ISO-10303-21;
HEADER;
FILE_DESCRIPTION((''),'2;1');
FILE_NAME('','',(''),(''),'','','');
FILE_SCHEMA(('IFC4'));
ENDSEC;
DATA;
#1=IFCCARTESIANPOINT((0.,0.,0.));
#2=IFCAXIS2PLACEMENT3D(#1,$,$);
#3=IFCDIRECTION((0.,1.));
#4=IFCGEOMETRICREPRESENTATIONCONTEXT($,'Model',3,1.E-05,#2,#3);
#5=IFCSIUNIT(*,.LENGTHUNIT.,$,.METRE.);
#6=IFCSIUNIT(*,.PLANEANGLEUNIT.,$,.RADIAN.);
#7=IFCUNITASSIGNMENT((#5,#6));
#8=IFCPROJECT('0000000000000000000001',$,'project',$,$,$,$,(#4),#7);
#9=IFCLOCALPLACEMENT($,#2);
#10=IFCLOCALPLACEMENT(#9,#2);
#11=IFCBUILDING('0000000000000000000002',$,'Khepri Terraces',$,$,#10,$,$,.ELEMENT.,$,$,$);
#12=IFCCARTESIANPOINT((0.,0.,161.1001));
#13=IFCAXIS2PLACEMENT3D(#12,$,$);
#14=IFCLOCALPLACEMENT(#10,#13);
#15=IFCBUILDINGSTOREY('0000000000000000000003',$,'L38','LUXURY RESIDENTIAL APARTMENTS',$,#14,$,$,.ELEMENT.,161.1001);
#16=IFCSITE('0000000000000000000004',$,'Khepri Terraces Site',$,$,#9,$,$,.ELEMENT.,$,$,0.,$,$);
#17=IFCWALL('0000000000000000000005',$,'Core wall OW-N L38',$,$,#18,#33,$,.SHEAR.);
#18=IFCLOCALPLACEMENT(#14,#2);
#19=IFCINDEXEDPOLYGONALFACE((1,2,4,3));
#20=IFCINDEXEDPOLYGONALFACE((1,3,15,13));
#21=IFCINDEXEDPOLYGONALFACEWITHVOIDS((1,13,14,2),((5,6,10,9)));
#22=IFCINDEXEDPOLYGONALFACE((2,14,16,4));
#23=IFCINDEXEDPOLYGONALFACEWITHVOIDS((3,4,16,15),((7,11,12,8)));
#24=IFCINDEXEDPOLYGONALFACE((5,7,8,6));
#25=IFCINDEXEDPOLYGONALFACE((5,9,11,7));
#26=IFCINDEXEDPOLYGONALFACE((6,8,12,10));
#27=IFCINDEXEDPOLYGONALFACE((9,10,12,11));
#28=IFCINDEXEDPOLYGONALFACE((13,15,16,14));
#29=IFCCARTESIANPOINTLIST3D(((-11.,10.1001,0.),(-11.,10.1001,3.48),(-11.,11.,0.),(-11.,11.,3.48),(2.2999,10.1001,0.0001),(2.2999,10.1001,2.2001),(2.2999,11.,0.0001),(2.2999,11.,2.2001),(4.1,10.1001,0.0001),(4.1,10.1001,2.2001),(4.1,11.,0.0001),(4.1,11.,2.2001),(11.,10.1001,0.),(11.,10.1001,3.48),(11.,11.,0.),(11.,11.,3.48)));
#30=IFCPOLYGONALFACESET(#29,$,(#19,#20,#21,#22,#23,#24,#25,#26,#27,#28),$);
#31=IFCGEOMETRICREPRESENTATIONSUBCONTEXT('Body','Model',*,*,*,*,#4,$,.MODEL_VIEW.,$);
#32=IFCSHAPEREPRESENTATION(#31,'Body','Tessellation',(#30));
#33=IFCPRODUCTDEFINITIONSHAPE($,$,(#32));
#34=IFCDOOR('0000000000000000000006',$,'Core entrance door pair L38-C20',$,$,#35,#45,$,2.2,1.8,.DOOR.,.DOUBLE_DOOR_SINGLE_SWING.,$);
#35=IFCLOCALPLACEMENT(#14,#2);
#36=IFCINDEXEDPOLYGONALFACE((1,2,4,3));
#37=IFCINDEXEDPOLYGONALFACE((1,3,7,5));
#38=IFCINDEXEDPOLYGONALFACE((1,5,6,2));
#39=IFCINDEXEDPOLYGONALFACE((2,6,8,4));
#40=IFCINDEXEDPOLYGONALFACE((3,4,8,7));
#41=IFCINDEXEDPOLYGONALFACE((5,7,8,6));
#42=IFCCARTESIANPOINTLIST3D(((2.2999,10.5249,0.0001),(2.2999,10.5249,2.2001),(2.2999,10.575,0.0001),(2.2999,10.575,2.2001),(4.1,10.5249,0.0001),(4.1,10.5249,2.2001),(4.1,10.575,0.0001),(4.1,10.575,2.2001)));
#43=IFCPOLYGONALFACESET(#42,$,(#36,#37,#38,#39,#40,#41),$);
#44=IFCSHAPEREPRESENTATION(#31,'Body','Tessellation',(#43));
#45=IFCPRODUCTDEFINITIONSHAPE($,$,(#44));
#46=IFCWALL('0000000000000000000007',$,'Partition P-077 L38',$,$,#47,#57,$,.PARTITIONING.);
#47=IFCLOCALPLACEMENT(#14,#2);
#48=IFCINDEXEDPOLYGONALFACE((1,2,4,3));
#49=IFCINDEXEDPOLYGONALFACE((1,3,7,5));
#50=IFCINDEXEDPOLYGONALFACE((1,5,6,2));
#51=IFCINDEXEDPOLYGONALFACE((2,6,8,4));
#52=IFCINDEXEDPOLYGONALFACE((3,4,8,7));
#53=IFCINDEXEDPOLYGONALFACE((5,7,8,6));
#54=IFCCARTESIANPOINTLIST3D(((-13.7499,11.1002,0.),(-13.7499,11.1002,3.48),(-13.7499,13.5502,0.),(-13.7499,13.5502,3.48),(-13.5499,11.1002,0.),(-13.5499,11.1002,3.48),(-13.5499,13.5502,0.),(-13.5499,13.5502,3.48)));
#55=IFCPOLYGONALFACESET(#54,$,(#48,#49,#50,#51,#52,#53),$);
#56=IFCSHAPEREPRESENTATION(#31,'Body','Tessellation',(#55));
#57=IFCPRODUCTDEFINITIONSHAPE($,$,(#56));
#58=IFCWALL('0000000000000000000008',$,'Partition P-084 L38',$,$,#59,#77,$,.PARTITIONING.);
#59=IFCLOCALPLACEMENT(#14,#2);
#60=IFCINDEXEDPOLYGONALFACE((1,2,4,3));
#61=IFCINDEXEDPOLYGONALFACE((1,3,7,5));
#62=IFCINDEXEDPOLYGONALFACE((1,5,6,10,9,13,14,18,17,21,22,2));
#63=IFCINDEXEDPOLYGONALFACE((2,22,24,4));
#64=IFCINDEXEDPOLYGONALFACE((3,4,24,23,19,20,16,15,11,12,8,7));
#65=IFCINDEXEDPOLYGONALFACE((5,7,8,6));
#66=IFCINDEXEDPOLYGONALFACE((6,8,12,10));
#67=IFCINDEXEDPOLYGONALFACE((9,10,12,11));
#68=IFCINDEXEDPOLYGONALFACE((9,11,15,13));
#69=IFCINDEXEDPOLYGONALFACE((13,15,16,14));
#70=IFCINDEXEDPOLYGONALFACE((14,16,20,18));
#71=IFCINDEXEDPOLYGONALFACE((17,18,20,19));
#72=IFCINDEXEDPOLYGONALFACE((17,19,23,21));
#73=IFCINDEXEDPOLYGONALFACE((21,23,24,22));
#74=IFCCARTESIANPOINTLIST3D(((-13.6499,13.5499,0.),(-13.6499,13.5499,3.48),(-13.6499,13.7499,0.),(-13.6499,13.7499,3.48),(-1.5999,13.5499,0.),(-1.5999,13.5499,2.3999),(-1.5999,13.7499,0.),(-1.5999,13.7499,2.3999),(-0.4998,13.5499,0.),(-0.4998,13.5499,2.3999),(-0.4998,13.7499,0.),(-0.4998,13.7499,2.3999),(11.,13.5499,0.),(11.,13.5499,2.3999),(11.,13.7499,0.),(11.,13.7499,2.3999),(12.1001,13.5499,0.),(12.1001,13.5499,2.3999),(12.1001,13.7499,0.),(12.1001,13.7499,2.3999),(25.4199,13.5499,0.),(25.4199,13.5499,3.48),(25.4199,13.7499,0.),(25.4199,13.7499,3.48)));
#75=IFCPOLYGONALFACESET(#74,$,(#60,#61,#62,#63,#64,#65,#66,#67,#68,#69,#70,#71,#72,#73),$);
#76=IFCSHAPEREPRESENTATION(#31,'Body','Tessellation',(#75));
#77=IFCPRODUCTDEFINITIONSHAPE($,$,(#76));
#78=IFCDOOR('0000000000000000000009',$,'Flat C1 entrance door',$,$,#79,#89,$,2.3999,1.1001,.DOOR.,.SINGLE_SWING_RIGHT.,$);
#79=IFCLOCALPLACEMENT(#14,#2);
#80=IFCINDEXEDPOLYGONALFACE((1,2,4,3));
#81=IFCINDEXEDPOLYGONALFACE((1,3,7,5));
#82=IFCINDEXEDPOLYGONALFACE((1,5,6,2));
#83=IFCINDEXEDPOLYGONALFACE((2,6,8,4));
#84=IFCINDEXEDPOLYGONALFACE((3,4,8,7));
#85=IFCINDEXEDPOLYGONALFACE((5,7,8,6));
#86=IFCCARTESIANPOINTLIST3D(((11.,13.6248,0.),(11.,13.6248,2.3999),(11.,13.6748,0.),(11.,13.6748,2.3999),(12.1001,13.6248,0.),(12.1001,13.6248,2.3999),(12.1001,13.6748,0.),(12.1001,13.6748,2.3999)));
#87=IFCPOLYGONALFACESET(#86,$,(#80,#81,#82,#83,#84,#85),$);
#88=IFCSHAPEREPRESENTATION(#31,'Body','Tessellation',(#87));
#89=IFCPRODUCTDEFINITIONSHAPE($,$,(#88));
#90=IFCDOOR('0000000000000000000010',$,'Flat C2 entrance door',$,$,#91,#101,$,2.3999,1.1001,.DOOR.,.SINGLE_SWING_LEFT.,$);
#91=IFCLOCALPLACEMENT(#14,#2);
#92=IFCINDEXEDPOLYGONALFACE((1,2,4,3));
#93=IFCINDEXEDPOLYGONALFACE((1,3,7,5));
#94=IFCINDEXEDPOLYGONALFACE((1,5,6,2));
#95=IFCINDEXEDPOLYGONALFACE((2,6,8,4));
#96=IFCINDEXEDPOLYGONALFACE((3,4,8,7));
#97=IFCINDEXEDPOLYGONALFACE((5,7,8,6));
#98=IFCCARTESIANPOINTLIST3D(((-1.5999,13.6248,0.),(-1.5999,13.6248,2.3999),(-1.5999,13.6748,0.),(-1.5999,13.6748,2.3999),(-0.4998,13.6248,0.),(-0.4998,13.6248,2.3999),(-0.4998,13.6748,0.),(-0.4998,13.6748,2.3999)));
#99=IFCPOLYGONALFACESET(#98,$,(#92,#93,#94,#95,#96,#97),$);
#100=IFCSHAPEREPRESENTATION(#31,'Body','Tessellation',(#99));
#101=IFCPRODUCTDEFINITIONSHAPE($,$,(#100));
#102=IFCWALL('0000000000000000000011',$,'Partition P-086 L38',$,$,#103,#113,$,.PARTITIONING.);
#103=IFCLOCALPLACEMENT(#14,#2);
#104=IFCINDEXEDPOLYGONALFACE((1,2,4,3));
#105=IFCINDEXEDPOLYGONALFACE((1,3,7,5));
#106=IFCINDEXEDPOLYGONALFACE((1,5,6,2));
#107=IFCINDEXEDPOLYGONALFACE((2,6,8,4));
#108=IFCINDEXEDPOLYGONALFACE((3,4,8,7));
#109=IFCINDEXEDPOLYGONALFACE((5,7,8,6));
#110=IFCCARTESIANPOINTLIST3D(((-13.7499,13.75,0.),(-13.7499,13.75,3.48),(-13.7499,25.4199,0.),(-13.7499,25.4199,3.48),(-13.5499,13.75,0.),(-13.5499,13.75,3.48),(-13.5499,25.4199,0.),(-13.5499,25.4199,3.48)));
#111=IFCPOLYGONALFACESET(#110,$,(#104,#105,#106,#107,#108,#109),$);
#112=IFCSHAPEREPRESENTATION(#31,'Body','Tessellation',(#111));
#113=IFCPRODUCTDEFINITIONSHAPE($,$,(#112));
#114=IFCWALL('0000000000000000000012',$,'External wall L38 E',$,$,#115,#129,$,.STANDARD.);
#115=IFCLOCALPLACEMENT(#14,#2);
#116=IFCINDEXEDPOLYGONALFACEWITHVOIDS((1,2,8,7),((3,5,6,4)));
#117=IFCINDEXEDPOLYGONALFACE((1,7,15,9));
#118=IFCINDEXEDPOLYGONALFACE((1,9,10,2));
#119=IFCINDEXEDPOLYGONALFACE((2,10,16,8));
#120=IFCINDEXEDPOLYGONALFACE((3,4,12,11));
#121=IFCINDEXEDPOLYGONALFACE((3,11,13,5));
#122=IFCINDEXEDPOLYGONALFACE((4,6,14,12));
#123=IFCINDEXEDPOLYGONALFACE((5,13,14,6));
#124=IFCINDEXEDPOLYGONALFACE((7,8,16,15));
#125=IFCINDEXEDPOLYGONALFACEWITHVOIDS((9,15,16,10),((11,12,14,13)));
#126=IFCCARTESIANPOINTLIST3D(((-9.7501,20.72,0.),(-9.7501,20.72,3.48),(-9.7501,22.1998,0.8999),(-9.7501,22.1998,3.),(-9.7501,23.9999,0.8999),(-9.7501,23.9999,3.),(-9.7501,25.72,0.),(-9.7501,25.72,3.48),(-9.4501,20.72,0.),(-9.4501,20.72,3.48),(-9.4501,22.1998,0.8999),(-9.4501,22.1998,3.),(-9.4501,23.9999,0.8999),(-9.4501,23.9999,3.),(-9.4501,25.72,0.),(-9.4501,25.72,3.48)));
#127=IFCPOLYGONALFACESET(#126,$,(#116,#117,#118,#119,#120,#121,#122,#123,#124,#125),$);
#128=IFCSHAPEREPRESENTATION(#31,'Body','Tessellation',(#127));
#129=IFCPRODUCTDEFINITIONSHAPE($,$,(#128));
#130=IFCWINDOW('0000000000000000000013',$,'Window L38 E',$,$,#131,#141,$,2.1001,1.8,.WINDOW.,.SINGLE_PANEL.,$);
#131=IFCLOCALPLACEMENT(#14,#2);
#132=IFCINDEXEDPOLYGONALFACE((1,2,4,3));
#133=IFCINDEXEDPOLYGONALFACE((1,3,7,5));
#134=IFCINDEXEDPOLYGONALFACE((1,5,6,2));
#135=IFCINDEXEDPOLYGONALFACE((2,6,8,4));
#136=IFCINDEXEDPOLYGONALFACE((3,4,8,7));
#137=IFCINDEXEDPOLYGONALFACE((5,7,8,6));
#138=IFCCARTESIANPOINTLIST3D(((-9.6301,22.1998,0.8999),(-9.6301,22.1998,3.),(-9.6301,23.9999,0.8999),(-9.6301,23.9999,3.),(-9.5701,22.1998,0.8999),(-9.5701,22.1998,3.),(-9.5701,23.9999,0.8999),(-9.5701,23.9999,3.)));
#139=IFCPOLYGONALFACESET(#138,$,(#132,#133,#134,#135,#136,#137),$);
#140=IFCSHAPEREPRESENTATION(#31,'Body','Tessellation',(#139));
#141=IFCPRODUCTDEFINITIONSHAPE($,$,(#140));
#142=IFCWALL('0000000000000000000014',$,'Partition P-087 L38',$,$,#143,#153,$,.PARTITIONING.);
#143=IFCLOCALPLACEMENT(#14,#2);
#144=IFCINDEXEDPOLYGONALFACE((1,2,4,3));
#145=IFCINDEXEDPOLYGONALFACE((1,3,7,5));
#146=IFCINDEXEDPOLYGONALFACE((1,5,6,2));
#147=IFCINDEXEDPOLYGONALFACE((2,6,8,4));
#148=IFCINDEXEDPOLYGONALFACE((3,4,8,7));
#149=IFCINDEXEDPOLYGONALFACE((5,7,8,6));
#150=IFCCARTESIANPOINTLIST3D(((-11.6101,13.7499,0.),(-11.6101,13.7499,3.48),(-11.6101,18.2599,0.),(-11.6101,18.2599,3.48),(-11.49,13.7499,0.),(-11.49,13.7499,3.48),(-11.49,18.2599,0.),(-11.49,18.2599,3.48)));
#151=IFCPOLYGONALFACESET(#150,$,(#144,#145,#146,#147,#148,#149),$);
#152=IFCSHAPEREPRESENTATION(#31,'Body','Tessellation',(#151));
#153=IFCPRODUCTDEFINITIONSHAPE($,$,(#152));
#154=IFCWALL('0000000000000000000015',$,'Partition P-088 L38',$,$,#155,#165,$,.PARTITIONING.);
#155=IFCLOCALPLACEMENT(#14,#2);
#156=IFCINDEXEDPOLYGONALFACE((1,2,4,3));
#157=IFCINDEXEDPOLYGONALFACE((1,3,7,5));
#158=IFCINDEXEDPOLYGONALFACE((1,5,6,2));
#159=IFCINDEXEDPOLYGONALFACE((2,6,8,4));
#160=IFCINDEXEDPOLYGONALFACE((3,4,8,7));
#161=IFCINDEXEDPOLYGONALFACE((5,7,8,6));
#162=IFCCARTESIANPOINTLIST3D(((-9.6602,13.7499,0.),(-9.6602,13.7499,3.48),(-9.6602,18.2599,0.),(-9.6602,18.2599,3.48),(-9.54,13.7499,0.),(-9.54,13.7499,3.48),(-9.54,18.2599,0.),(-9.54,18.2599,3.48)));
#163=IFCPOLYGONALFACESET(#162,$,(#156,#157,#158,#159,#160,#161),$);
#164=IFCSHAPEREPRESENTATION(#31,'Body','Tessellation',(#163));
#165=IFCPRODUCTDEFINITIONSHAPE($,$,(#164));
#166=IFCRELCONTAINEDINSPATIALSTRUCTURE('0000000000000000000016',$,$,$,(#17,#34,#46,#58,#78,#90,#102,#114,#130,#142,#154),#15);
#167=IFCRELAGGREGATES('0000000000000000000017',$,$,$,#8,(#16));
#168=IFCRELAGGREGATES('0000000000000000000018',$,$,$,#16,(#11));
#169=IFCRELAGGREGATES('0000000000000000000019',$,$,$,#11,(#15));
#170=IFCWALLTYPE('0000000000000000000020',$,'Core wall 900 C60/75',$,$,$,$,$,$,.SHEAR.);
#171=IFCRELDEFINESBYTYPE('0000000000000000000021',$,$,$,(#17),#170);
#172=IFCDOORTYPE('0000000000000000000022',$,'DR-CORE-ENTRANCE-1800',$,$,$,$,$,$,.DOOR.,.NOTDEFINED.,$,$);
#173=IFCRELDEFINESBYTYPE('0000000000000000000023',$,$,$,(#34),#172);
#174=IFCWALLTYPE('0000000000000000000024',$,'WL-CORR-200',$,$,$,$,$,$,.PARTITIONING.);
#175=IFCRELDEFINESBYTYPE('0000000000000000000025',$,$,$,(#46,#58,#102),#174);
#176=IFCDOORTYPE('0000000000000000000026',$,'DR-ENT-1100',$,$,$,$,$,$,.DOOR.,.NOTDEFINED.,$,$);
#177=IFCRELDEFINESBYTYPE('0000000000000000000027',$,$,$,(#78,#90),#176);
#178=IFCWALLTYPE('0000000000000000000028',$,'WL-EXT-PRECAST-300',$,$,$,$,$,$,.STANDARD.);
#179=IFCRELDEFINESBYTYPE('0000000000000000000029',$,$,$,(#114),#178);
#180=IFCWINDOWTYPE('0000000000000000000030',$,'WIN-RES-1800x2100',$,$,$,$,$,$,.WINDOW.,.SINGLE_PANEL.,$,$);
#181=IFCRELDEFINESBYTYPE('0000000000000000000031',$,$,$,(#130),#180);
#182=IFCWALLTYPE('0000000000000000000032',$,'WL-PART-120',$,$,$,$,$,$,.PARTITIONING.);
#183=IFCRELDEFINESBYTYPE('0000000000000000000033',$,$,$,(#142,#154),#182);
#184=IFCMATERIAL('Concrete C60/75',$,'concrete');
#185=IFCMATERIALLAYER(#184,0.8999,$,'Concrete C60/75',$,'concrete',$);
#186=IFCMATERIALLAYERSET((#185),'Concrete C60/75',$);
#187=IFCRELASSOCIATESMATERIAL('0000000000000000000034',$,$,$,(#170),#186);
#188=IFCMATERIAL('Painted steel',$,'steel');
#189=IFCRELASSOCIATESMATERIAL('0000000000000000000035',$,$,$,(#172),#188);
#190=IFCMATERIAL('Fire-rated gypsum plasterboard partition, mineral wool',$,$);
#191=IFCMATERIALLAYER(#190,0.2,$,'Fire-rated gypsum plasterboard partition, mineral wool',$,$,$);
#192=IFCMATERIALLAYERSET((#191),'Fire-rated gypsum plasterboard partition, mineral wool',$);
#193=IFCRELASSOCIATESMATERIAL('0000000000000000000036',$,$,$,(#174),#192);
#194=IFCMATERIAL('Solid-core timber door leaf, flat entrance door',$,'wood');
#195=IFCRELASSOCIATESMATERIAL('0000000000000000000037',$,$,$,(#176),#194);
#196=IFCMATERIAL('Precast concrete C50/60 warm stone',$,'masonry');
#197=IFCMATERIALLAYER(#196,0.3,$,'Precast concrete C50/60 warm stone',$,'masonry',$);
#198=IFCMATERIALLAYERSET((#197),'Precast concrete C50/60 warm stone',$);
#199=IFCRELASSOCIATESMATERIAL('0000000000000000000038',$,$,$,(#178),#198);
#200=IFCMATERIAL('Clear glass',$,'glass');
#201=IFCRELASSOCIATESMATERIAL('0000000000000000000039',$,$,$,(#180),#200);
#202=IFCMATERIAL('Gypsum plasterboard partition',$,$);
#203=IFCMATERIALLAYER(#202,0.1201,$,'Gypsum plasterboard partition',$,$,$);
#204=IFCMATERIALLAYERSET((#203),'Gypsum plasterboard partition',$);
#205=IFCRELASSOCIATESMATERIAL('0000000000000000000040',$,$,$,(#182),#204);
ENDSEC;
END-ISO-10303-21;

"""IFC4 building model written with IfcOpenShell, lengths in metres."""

from ifc_helpers import new_model, si_unit, direction, frame, frame_2d, origin, place, context, subcontext, project, spatial, rectangle, extrude, material, layer, layer_set, type_object, element, fill, save


model = new_model("IFC4")

# Units and contexts
model_context = context("Model", 3, precision=1e-05, world=origin(), true_north=direction((0.0, 1.0)))
body_context = subcontext(model_context, "Body", "Model", "MODEL_VIEW")
ifc_project = project(units=[si_unit("LENGTHUNIT", "METRE"), si_unit("PLANEANGLEUNIT", "RADIAN")], contexts=[model_context])

# Site, building, storey
site_placement = place(None, origin())
site = spatial("IfcSite", under=ifc_project, at=site_placement, Name="Khepri Terraces Site", CompositionType="ELEMENT", RefElevation=0.0)
building_placement = place(site_placement, origin())
building = spatial("IfcBuilding", under=site, at=building_placement, Name="Khepri Terraces", CompositionType="ELEMENT")
storey_placement = place(building_placement, frame((0.0, 0.0, 161.1001)))
storey = spatial("IfcBuildingStorey", under=building, at=storey_placement, Name="L38", Description="LUXURY RESIDENTIAL APARTMENTS", CompositionType="ELEMENT", Elevation=161.1001)

# Wall, opening, door
ifc_material_1 = material(Name="Concrete C60/75", Category="concrete")
ifc_layer_1 = layer(ifc_material_1, 0.8999, Name="Concrete C60/75", Category="concrete")
ifc_layer_set_1 = layer_set([ifc_layer_1], Name="Concrete C60/75")
wall_type_1 = type_object("IfcWallType", Name="Core wall 900 C60/75", PredefinedType="SHEAR", material=ifc_layer_set_1)
wall_1_placement = place(storey_placement, frame((-11.0, 10.55, 0.0), z_axis=(0.0, 0.0, 1.0), x_axis=(1.0, 0.0, 0.0)))
wall_1 = element("IfcWall", 1, at=wall_1_placement, inside=storey, type_object=wall_type_1, Name="Core wall OW-N L38", PredefinedType="SHEAR", context=body_context, shape_type="SweptSolid", body=[
    extrude(rectangle(XDim=22.0, YDim=0.8999, at=frame_2d((11.0, 0.0))), origin(), (0.0, 0.0, 1.0), 3.48),
])
opening_1_placement = place(wall_1_placement, frame((13.3, 0.0, 0.0)))
opening_1 = element("IfcOpeningElement", 2, at=opening_1_placement, cuts=wall_1, PredefinedType="OPENING", context=body_context, shape_type="SweptSolid", body=[
    extrude(rectangle(XDim=1.8, YDim=2.2, at=frame_2d((0.8999, 1.1001))), frame((0.0, 0.46, 0.0), z_axis=(0.0, -1.0, 0.0), x_axis=(1.0, 0.0, 0.0)), (0.0, 0.0, 1.0), 0.9199),
])
ifc_material_2 = material(Name="Painted steel", Category="steel")
door_type_1 = type_object("IfcDoorType", Name="DR-CORE-ENTRANCE-1800", OperationType="NOTDEFINED", PredefinedType="DOOR", material=ifc_material_2)
door_1_placement = place(opening_1_placement, origin())
door_1 = element("IfcDoor", 3, at=door_1_placement, inside=storey, type_object=door_type_1, Name="Core entrance door pair L38-C20", OperationType="DOUBLE_DOOR_SINGLE_SWING", OverallHeight=2.2, OverallWidth=1.8, PredefinedType="DOOR", context=body_context, shape_type="SweptSolid", body=[
    extrude(rectangle(XDim=1.8, YDim=2.2, at=frame_2d((0.8999, 1.1001))), frame((0.0, 0.0249, 0.0), z_axis=(0.0, -1.0, 0.0), x_axis=(1.0, 0.0, 0.0)), (0.0, 0.0, 1.0), 0.05),
])
fill(opening_1, door_1)
ifc_material_3 = material(Name="Fire-rated gypsum plasterboard partition, mineral wool")
ifc_layer_2 = layer(ifc_material_3, 0.2, Name="Fire-rated gypsum plasterboard partition, mineral wool")
ifc_layer_set_2 = layer_set([ifc_layer_2], Name="Fire-rated gypsum plasterboard partition, mineral wool")
wall_type_2 = type_object("IfcWallType", Name="WL-CORR-200", PredefinedType="PARTITIONING", material=ifc_layer_set_2)
ifc_material_4 = material(Name="Solid-core timber door leaf, flat entrance door", Category="wood")
door_type_2 = type_object("IfcDoorType", Name="DR-ENT-1100", OperationType="NOTDEFINED", PredefinedType="DOOR", material=ifc_material_4)

# Wall
wall_2_placement = place(storey_placement, frame((-13.6499, 11.1001, 0.0), z_axis=(0.0, 0.0, 1.0), x_axis=(0.0, 1.0, 0.0)))
element("IfcWall", 4, at=wall_2_placement, inside=storey, type_object=wall_type_2, Name="Partition P-077 L38", PredefinedType="PARTITIONING", context=body_context, shape_type="SweptSolid", body=[
    extrude(rectangle(XDim=2.45, YDim=0.2, at=frame_2d((1.2251, 0.0))), origin(), (0.0, 0.0, 1.0), 3.48),
])

# Wall, openings, doors
wall_3_placement = place(storey_placement, frame((-13.6499, 13.6499, 0.0), z_axis=(0.0, 0.0, 1.0), x_axis=(1.0, 0.0, 0.0)))
wall_3 = element("IfcWall", 5, at=wall_3_placement, inside=storey, type_object=wall_type_2, Name="Partition P-084 L38", PredefinedType="PARTITIONING", context=body_context, shape_type="SweptSolid", body=[
    extrude(rectangle(XDim=39.0698, YDim=0.2, at=frame_2d((19.5349, 0.0))), origin(), (0.0, 0.0, 1.0), 3.48),
])
opening_2_placement = place(wall_3_placement, frame((24.6499, 0.0, 0.0)))
opening_2 = element("IfcOpeningElement", 6, at=opening_2_placement, cuts=wall_3, PredefinedType="OPENING", context=body_context, shape_type="SweptSolid", body=[
    extrude(rectangle(XDim=1.1001, YDim=2.3999, at=frame_2d((0.55, 1.2))), frame((0.0, 0.1099, 0.0), z_axis=(0.0, -1.0, 0.0), x_axis=(1.0, 0.0, 0.0)), (0.0, 0.0, 1.0), 0.22),
])
opening_3_placement = place(wall_3_placement, frame((12.05, 0.0, 0.0)))
opening_3 = element("IfcOpeningElement", 7, at=opening_3_placement, cuts=wall_3, PredefinedType="OPENING", context=body_context, shape_type="SweptSolid", body=[
    extrude(rectangle(XDim=1.1001, YDim=2.3999, at=frame_2d((0.55, 1.2))), frame((0.0, 0.1099, 0.0), z_axis=(0.0, -1.0, 0.0), x_axis=(1.0, 0.0, 0.0)), (0.0, 0.0, 1.0), 0.22),
])
door_2_placement = place(opening_2_placement, origin())
door_2 = element("IfcDoor", 8, at=door_2_placement, inside=storey, type_object=door_type_2, Name="Flat C1 entrance door", OperationType="SINGLE_SWING_RIGHT", OverallHeight=2.3999, OverallWidth=1.1001, PredefinedType="DOOR", context=body_context, shape_type="SweptSolid", body=[
    extrude(rectangle(XDim=1.1001, YDim=2.3999, at=frame_2d((0.55, 1.2))), frame((0.0, 0.0249, 0.0), z_axis=(0.0, -1.0, 0.0), x_axis=(1.0, 0.0, 0.0)), (0.0, 0.0, 1.0), 0.05),
])
fill(opening_2, door_2)
door_3_placement = place(opening_3_placement, origin())
door_3 = element("IfcDoor", 9, at=door_3_placement, inside=storey, type_object=door_type_2, Name="Flat C2 entrance door", OperationType="SINGLE_SWING_LEFT", OverallHeight=2.3999, OverallWidth=1.1001, PredefinedType="DOOR", context=body_context, shape_type="SweptSolid", body=[
    extrude(rectangle(XDim=1.1001, YDim=2.3999, at=frame_2d((0.55, 1.2))), frame((0.0, 0.0249, 0.0), z_axis=(0.0, -1.0, 0.0), x_axis=(1.0, 0.0, 0.0)), (0.0, 0.0, 1.0), 0.05),
])
fill(opening_3, door_3)

# Wall
wall_4_placement = place(storey_placement, frame((-13.6499, 13.75, 0.0), z_axis=(0.0, 0.0, 1.0), x_axis=(0.0, 1.0, 0.0)))
element("IfcWall", 10, at=wall_4_placement, inside=storey, type_object=wall_type_2, Name="Partition P-086 L38", PredefinedType="PARTITIONING", context=body_context, shape_type="SweptSolid", body=[
    extrude(rectangle(XDim=11.6699, YDim=0.2, at=frame_2d((5.835, 0.0))), origin(), (0.0, 0.0, 1.0), 3.48),
])

# Wall, opening, window
ifc_material_5 = material(Name="Precast concrete C50/60 warm stone", Category="masonry")
ifc_layer_3 = layer(ifc_material_5, 0.3, Name="Precast concrete C50/60 warm stone", Category="masonry")
ifc_layer_set_3 = layer_set([ifc_layer_3], Name="Precast concrete C50/60 warm stone")
wall_type_3 = type_object("IfcWallType", Name="WL-EXT-PRECAST-300", PredefinedType="STANDARD", material=ifc_layer_set_3)
wall_5_placement = place(storey_placement, frame((-9.6001, 20.72, 0.0), z_axis=(0.0, 0.0, 1.0), x_axis=(0.0, 1.0, 0.0)))
wall_5 = element("IfcWall", 11, at=wall_5_placement, inside=storey, type_object=wall_type_3, Name="External wall L38 E", PredefinedType="STANDARD", context=body_context, shape_type="SweptSolid", body=[
    extrude(rectangle(XDim=5.0, YDim=0.3, at=frame_2d((2.5, 0.0))), origin(), (0.0, 0.0, 1.0), 3.48),
])
opening_4_placement = place(wall_5_placement, frame((1.48, 0.0, 0.8999)))
opening_4 = element("IfcOpeningElement", 12, at=opening_4_placement, cuts=wall_5, PredefinedType="OPENING", context=body_context, shape_type="SweptSolid", body=[
    extrude(rectangle(XDim=1.8, YDim=2.1001, at=frame_2d((0.8999, 1.05))), frame((0.0, 0.1602, 0.0), z_axis=(0.0, -1.0, 0.0), x_axis=(1.0, 0.0, 0.0)), (0.0, 0.0, 1.0), 0.3201),
])
ifc_material_6 = material(Name="Clear glass", Category="glass")
window_type = type_object("IfcWindowType", Name="WIN-RES-1800x2100", PartitioningType="SINGLE_PANEL", PredefinedType="WINDOW", material=ifc_material_6)
window_1_placement = place(opening_4_placement, origin())
window_1 = element("IfcWindow", 13, at=window_1_placement, inside=storey, type_object=window_type, Name="Window L38 E", OverallHeight=2.1001, OverallWidth=1.8, PartitioningType="SINGLE_PANEL", PredefinedType="WINDOW", context=body_context, shape_type="SweptSolid", body=[
    extrude(rectangle(XDim=1.8, YDim=2.1001, at=frame_2d((0.8999, 1.05))), frame((0.0, 0.03, 0.0), z_axis=(0.0, -1.0, 0.0), x_axis=(1.0, 0.0, 0.0)), (0.0, 0.0, 1.0), 0.0601),
])
fill(opening_4, window_1)

# Walls
ifc_material_7 = material(Name="Gypsum plasterboard partition")
ifc_layer_4 = layer(ifc_material_7, 0.1201, Name="Gypsum plasterboard partition")
ifc_layer_set_4 = layer_set([ifc_layer_4], Name="Gypsum plasterboard partition")
wall_type_4 = type_object("IfcWallType", Name="WL-PART-120", PredefinedType="PARTITIONING", material=ifc_layer_set_4)
for number, where, z_axis, x_axis, name in (
    (14, (-11.55, 13.75, 0.0), (0.0, 0.0, 1.0), (0.0, 1.0, 0.0), "Partition P-087 L38"),
    (15, (-9.6001, 13.75, 0.0), (0.0, 0.0, 1.0), (0.0, 1.0, 0.0), "Partition P-088 L38"),
):
    element("IfcWall", number, at=place(storey_placement, frame(where, z_axis=z_axis, x_axis=x_axis)), inside=storey, type_object=wall_type_4, Name=name, PredefinedType="PARTITIONING", context=body_context, shape_type="SweptSolid", body=[
        extrude(rectangle(XDim=4.51, YDim=0.1201, at=frame_2d((2.2549, 0.0))), origin(), (0.0, 0.0, 1.0), 3.48),
    ])

save(model, "model.ifc")
